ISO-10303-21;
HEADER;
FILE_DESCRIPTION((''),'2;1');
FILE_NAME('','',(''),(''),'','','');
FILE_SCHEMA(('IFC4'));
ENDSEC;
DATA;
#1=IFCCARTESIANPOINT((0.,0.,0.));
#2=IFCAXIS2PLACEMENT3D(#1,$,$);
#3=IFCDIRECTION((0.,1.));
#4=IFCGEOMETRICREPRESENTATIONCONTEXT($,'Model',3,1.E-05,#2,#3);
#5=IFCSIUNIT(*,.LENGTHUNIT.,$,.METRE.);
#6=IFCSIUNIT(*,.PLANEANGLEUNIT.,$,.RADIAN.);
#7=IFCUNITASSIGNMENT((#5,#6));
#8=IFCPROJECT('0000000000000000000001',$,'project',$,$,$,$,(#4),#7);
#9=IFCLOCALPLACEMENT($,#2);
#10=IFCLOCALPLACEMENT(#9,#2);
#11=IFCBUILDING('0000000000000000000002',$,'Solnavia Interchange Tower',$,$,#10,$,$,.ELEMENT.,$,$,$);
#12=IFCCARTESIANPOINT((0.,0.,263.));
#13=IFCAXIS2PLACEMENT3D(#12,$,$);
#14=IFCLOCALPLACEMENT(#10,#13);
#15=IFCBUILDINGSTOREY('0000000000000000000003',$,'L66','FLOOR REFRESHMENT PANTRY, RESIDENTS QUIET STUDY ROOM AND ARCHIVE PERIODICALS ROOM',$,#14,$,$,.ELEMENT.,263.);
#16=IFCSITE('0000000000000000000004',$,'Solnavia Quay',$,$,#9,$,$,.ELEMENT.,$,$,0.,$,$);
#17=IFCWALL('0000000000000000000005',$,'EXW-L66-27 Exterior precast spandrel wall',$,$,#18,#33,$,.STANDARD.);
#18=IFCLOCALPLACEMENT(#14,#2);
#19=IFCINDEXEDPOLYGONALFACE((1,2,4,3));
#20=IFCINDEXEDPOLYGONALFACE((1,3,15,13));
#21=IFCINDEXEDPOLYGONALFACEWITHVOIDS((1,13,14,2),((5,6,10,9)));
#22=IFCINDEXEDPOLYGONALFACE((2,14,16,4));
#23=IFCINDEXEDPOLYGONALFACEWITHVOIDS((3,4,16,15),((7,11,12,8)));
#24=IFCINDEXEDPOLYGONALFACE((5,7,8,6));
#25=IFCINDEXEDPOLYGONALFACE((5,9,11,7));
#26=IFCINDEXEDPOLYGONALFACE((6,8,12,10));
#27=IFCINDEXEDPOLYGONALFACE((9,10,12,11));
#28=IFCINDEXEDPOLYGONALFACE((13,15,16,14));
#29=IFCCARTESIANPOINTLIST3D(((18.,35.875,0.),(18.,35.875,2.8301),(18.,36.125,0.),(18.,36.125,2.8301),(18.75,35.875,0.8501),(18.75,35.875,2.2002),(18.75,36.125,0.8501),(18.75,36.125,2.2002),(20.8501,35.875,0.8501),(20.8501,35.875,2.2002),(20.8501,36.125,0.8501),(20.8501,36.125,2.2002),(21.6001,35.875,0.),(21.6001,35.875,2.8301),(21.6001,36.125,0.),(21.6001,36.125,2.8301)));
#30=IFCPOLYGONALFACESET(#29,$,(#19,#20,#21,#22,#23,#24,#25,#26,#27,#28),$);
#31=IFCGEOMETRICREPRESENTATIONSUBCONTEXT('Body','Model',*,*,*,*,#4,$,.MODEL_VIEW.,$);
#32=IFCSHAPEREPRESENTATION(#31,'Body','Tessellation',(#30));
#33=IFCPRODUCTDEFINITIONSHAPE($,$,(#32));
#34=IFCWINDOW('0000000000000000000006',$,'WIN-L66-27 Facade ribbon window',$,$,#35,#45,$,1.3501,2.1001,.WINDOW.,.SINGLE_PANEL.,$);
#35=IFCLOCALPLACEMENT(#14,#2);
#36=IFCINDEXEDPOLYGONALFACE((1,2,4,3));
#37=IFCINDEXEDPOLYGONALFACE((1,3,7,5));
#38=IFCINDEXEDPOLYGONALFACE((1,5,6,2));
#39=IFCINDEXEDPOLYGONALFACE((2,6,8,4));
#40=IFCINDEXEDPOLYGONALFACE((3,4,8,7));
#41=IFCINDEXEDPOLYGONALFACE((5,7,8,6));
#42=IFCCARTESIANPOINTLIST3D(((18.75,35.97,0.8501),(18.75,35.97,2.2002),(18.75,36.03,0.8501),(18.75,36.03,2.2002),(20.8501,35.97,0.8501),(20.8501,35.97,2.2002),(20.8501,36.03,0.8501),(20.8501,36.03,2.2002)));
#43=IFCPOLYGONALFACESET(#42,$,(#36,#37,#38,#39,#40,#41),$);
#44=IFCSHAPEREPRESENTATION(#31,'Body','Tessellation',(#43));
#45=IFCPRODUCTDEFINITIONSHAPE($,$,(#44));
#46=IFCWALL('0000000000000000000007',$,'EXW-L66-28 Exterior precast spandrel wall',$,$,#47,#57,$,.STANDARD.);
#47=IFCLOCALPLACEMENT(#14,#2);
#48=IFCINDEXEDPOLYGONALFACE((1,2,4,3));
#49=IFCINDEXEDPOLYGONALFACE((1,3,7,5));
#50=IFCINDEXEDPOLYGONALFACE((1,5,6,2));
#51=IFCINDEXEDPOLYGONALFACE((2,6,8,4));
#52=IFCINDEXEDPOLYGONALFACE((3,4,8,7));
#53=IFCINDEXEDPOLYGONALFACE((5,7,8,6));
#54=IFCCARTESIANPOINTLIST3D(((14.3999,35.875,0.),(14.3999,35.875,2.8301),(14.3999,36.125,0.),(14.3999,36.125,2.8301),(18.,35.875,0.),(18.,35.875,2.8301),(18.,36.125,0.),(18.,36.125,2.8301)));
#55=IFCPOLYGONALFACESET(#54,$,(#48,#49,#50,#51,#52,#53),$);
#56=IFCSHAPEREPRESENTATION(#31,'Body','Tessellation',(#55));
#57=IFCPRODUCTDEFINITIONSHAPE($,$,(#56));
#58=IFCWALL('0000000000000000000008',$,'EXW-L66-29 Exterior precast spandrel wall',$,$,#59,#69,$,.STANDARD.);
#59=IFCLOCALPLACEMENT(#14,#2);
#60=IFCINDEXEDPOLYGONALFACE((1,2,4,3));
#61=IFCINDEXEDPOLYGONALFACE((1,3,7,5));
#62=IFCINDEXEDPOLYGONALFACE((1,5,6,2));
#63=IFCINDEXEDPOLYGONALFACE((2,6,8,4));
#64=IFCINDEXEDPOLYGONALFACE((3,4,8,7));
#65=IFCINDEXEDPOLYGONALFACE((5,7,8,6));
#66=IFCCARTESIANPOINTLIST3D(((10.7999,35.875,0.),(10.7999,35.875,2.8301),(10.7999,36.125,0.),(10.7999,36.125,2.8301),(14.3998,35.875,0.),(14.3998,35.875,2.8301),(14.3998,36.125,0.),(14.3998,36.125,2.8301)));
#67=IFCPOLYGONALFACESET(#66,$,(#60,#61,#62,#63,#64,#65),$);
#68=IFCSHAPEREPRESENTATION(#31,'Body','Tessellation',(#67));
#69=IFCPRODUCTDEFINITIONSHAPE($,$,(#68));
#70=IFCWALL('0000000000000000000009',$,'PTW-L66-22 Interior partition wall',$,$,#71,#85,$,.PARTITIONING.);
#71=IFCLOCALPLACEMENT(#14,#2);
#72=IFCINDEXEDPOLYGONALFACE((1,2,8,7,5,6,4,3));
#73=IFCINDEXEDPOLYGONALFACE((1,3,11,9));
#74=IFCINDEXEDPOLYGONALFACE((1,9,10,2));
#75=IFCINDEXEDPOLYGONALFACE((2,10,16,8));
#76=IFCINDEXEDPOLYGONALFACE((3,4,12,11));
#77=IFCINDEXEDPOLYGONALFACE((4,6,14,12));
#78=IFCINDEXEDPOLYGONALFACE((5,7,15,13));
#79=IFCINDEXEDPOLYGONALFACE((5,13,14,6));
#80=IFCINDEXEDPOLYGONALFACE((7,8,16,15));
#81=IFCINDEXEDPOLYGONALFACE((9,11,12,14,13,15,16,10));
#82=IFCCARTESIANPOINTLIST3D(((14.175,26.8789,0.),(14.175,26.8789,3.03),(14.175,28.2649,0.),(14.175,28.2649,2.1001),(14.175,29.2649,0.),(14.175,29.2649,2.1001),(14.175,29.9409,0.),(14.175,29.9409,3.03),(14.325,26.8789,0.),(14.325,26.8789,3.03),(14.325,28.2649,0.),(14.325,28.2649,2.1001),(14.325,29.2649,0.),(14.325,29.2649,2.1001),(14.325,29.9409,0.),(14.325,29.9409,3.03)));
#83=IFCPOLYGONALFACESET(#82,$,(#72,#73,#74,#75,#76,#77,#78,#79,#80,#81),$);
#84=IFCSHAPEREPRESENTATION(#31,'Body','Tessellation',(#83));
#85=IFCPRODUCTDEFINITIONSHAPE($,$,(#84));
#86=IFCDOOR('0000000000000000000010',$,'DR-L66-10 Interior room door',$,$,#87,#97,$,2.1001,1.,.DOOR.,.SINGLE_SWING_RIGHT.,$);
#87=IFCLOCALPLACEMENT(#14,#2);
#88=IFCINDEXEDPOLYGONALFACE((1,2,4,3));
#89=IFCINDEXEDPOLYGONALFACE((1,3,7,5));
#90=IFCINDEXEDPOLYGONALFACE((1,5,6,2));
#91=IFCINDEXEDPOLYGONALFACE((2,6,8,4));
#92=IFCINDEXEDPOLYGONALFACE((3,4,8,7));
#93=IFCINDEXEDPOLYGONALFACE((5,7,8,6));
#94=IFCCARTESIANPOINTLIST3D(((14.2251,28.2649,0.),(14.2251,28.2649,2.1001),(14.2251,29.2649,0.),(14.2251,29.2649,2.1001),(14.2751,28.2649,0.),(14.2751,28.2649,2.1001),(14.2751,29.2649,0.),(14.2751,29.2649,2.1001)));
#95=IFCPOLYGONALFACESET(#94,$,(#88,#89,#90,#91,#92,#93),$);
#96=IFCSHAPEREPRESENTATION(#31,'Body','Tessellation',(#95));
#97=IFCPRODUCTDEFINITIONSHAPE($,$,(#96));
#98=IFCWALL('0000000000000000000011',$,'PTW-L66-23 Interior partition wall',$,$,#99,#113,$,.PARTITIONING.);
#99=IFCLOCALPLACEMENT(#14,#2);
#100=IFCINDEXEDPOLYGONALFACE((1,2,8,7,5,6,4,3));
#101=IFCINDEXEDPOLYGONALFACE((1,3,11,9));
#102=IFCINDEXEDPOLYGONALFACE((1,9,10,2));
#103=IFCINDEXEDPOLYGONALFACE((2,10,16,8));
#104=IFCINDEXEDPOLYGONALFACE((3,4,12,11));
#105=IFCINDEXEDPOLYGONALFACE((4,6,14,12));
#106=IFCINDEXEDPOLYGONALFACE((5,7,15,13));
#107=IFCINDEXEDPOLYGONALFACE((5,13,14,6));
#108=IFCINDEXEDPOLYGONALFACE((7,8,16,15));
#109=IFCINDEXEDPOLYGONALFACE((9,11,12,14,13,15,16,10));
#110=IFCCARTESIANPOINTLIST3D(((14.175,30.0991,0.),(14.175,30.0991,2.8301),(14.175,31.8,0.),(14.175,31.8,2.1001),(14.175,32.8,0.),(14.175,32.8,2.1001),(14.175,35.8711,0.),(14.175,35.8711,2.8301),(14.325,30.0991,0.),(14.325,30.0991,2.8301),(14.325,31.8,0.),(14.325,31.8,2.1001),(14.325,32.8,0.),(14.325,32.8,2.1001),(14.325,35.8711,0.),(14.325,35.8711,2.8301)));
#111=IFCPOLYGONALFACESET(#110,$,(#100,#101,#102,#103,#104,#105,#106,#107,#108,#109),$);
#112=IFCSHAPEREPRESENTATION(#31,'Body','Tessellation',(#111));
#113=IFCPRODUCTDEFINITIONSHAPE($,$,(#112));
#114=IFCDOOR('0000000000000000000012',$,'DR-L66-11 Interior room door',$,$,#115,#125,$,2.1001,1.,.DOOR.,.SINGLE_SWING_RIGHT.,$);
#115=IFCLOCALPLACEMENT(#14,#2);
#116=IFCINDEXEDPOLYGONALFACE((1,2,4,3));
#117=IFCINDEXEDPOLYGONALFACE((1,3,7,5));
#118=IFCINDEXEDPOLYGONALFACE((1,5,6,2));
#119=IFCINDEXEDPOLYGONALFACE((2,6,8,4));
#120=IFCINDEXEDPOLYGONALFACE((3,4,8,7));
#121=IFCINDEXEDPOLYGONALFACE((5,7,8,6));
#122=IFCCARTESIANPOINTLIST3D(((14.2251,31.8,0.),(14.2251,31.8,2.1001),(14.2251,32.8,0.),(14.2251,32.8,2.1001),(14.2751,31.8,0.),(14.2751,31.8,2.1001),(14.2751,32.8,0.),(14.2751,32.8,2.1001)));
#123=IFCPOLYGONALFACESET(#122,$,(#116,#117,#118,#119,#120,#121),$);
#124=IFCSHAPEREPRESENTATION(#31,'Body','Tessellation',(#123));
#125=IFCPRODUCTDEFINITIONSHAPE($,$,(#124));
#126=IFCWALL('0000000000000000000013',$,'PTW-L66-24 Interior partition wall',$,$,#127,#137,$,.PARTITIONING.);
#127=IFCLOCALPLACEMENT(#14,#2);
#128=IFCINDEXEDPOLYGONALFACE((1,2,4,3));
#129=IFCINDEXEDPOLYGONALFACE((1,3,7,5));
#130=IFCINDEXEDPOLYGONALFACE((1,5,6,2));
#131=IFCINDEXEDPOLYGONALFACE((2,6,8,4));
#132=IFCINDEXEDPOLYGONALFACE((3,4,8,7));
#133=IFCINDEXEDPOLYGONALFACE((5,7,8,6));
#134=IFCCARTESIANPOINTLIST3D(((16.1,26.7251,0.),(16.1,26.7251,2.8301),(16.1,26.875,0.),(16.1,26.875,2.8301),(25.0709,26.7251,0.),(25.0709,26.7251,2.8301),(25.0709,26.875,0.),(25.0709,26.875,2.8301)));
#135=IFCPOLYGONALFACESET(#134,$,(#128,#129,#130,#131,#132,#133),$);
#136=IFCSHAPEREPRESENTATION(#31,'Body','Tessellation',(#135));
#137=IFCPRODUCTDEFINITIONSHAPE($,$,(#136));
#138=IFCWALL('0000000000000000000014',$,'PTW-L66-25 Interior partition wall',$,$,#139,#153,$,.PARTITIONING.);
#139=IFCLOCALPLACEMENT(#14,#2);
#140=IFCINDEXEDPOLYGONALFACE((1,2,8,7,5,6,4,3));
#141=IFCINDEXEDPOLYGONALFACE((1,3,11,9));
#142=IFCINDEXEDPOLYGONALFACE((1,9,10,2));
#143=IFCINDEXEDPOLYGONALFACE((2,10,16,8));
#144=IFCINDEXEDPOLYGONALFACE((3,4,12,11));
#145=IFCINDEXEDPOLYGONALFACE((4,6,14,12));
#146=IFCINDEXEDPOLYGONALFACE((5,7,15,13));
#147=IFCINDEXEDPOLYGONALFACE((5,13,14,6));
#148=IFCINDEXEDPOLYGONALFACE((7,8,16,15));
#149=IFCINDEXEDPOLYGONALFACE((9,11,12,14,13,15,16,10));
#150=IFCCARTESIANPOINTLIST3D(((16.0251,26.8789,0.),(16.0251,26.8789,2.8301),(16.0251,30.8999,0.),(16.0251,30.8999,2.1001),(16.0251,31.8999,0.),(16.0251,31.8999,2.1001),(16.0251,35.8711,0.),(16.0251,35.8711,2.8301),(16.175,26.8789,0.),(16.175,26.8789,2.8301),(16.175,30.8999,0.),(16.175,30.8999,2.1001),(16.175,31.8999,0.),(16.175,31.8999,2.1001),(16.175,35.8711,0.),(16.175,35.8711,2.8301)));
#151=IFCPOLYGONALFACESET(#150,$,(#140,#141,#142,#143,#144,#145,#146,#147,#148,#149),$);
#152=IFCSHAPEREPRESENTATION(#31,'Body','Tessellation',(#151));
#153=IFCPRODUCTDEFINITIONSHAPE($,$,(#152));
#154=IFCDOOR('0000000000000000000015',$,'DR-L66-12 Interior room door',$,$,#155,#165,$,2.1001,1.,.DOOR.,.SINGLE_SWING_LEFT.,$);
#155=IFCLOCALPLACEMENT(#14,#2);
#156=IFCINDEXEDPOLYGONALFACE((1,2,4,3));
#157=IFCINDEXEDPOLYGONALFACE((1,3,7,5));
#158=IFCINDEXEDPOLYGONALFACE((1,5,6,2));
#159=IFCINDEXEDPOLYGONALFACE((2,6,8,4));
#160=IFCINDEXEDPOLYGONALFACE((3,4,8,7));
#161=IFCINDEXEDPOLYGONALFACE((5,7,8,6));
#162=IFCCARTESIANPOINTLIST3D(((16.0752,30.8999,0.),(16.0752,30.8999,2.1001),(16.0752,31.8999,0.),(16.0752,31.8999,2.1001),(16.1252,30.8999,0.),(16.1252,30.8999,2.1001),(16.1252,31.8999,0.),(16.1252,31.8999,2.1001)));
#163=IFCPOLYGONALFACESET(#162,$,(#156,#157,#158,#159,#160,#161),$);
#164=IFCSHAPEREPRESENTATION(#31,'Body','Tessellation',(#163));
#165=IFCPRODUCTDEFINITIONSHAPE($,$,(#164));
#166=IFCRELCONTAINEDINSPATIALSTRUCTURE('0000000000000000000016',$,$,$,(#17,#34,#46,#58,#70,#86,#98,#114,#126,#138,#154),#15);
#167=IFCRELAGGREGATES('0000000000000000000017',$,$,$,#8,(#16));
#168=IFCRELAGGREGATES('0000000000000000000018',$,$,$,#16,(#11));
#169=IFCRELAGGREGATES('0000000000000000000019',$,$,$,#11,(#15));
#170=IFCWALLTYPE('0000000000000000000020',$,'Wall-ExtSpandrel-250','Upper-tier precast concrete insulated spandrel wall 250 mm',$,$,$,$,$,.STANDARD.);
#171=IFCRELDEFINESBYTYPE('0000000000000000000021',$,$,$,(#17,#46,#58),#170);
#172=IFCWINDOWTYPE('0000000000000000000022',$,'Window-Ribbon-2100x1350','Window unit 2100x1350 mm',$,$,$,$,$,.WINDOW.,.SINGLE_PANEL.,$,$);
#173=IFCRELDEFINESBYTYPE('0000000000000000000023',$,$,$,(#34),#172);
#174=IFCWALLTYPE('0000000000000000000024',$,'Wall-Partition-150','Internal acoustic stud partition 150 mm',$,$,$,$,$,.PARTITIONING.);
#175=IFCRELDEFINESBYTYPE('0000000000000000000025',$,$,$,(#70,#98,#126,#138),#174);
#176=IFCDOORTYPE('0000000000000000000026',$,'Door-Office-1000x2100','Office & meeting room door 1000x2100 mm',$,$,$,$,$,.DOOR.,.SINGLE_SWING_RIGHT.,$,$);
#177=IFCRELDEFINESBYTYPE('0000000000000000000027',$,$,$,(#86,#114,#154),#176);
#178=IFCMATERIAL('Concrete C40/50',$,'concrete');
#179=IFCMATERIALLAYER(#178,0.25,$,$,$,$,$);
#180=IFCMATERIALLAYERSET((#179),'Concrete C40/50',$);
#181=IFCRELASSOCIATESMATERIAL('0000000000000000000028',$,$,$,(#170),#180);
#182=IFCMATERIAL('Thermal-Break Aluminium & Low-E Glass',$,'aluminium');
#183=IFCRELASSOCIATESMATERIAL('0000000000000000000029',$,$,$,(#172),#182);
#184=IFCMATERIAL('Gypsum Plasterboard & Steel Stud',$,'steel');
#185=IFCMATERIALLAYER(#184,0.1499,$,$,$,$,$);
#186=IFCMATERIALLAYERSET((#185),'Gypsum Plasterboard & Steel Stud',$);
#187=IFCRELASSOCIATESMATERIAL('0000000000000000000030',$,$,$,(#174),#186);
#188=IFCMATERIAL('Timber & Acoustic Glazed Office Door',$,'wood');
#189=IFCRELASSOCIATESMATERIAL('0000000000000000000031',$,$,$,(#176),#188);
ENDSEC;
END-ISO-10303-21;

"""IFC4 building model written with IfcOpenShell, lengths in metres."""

from ifc_helpers import new_model, si_unit, direction, frame, frame_2d, origin, place, context, subcontext, project, spatial, rectangle, extrude, material, layer, layer_set, type_object, element, fill, save


model = new_model("IFC4")

# Units and contexts
model_context = context("Model", 3, precision=1e-05, world=origin(), true_north=direction((0.0, 1.0)))
body_context = subcontext(model_context, "Body", "Model", "MODEL_VIEW")
ifc_project = project(units=[si_unit("LENGTHUNIT", "METRE"), si_unit("PLANEANGLEUNIT", "RADIAN")], contexts=[model_context])

# Site, building, storey
site_placement = place(None, origin())
site = spatial("IfcSite", under=ifc_project, at=site_placement, Name="Solnavia Quay", CompositionType="ELEMENT", RefElevation=0.0)
building_placement = place(site_placement, origin())
building = spatial("IfcBuilding", under=site, at=building_placement, Name="Solnavia Interchange Tower", CompositionType="ELEMENT")
storey_placement = place(building_placement, frame((0.0, 0.0, 263.0)))
storey = spatial("IfcBuildingStorey", under=building, at=storey_placement, Name="L66", Description="FLOOR REFRESHMENT PANTRY, RESIDENTS QUIET STUDY ROOM AND ARCHIVE PERIODICALS ROOM", CompositionType="ELEMENT", Elevation=263.0)

# Wall, opening, window
ifc_material_1 = material(Name="Concrete C40/50", Category="concrete")
ifc_layer_1 = layer(ifc_material_1, 0.25)
ifc_layer_set_1 = layer_set([ifc_layer_1], Name="Concrete C40/50")
wall_type_1 = type_object("IfcWallType", Name="Wall-ExtSpandrel-250", Description="Upper-tier precast concrete insulated spandrel wall 250 mm", PredefinedType="STANDARD", material=ifc_layer_set_1)
wall_1_placement = place(storey_placement, frame((18.0, 36.0, 0.0), z_axis=(0.0, 0.0, 1.0), x_axis=(1.0, 0.0, 0.0)))
wall_1 = element("IfcWall", 1, at=wall_1_placement, inside=storey, type_object=wall_type_1, Name="EXW-L66-27 Exterior precast spandrel wall", PredefinedType="STANDARD", context=body_context, shape_type="SweptSolid", body=[
    extrude(rectangle(XDim=3.6001, YDim=0.25, at=frame_2d((1.8, 0.0))), origin(), (0.0, 0.0, 1.0), 2.8301),
])
opening_1_placement = place(wall_1_placement, frame((0.75, 0.0, 0.8501)))
opening_1 = element("IfcOpeningElement", 2, at=opening_1_placement, cuts=wall_1, PredefinedType="OPENING", context=body_context, shape_type="SweptSolid", body=[
    extrude(rectangle(XDim=2.1001, YDim=1.3501, at=frame_2d((1.05, 0.675))), frame((0.0, 0.135, 0.0), z_axis=(0.0, -1.0, 0.0), x_axis=(1.0, 0.0, 0.0)), (0.0, 0.0, 1.0), 0.27),
])
ifc_material_2 = material(Name="Thermal-Break Aluminium & Low-E Glass", Category="aluminium")
window_type = type_object("IfcWindowType", Name="Window-Ribbon-2100x1350", Description="Window unit 2100x1350 mm", PartitioningType="SINGLE_PANEL", PredefinedType="WINDOW", material=ifc_material_2)
window_placement = place(opening_1_placement, origin())
window = element("IfcWindow", 3, at=window_placement, inside=storey, type_object=window_type, Name="WIN-L66-27 Facade ribbon window", OverallHeight=1.3501, OverallWidth=2.1001, PartitioningType="SINGLE_PANEL", PredefinedType="WINDOW", context=body_context, shape_type="SweptSolid", body=[
    extrude(rectangle(XDim=2.1001, YDim=1.3501, at=frame_2d((1.05, 0.675))), frame((0.0, 0.03, 0.0), z_axis=(0.0, -1.0, 0.0), x_axis=(1.0, 0.0, 0.0)), (0.0, 0.0, 1.0), 0.0601),
])
fill(opening_1, window)

# Walls
wall_2_placement = place(storey_placement, frame((14.3999, 36.0, 0.0), z_axis=(0.0, 0.0, 1.0), x_axis=(1.0, 0.0, 0.0)))
element("IfcWall", 4, at=wall_2_placement, inside=storey, type_object=wall_type_1, Name="EXW-L66-28 Exterior precast spandrel wall", PredefinedType="STANDARD", context=body_context, shape_type="SweptSolid", body=[
    extrude(rectangle(XDim=3.6001, YDim=0.25, at=frame_2d((1.8, 0.0))), origin(), (0.0, 0.0, 1.0), 2.8301),
])
wall_3_placement = place(storey_placement, frame((10.8, 36.0, 0.0), z_axis=(0.0, 0.0, 1.0), x_axis=(1.0, 0.0, 0.0)))
element("IfcWall", 5, at=wall_3_placement, inside=storey, type_object=wall_type_1, Name="EXW-L66-29 Exterior precast spandrel wall", PredefinedType="STANDARD", context=body_context, shape_type="SweptSolid", body=[
    extrude(rectangle(XDim=3.5999, YDim=0.25, at=frame_2d((1.7998, 0.0))), origin(), (0.0, 0.0, 1.0), 2.8301),
])

# Walls, openings, doors
ifc_material_3 = material(Name="Gypsum Plasterboard & Steel Stud", Category="steel")
ifc_layer_2 = layer(ifc_material_3, 0.1499)
ifc_layer_set_2 = layer_set([ifc_layer_2], Name="Gypsum Plasterboard & Steel Stud")
wall_type_2 = type_object("IfcWallType", Name="Wall-Partition-150", Description="Internal acoustic stud partition 150 mm", PredefinedType="PARTITIONING", material=ifc_layer_set_2)
wall_4_placement = place(storey_placement, frame((14.25, 26.8789, 0.0), z_axis=(0.0, 0.0, 1.0), x_axis=(0.0, 1.0, 0.0)))
wall_4 = element("IfcWall", 6, at=wall_4_placement, inside=storey, type_object=wall_type_2, Name="PTW-L66-22 Interior partition wall", PredefinedType="PARTITIONING", context=body_context, shape_type="SweptSolid", body=[
    extrude(rectangle(XDim=3.062, YDim=0.1499, at=frame_2d((1.531, 0.0))), origin(), (0.0, 0.0, 1.0), 3.03),
])
opening_2_placement = place(wall_4_placement, frame((1.386, 0.0, 0.0)))
opening_2 = element("IfcOpeningElement", 7, at=opening_2_placement, cuts=wall_4, PredefinedType="OPENING", context=body_context, shape_type="SweptSolid", body=[
    extrude(rectangle(XDim=1.0, YDim=2.1001, at=frame_2d((0.5, 1.05))), frame((0.0, 0.085, 0.0), z_axis=(0.0, -1.0, 0.0), x_axis=(1.0, 0.0, 0.0)), (0.0, 0.0, 1.0), 0.1699),
])
ifc_material_4 = material(Name="Timber & Acoustic Glazed Office Door", Category="wood")
door_type = type_object("IfcDoorType", Name="Door-Office-1000x2100", Description="Office & meeting room door 1000x2100 mm", OperationType="SINGLE_SWING_RIGHT", PredefinedType="DOOR", material=ifc_material_4)
door_1_placement = place(opening_2_placement, origin())
door_1 = element("IfcDoor", 8, at=door_1_placement, inside=storey, type_object=door_type, Name="DR-L66-10 Interior room door", OperationType="SINGLE_SWING_RIGHT", OverallHeight=2.1001, OverallWidth=1.0, PredefinedType="DOOR", context=body_context, shape_type="SweptSolid", body=[
    extrude(rectangle(XDim=1.0, YDim=2.1001, at=frame_2d((0.5, 1.05))), frame((0.0, 0.0249, 0.0), z_axis=(0.0, -1.0, 0.0), x_axis=(1.0, 0.0, 0.0)), (0.0, 0.0, 1.0), 0.05),
])
fill(opening_2, door_1)
wall_5_placement = place(storey_placement, frame((14.25, 30.0991, 0.0), z_axis=(0.0, 0.0, 1.0), x_axis=(0.0, 1.0, 0.0)))
wall_5 = element("IfcWall", 9, at=wall_5_placement, inside=storey, type_object=wall_type_2, Name="PTW-L66-23 Interior partition wall", PredefinedType="PARTITIONING", context=body_context, shape_type="SweptSolid", body=[
    extrude(rectangle(XDim=5.772, YDim=0.1499, at=frame_2d((2.886, 0.0))), origin(), (0.0, 0.0, 1.0), 2.8301),
])
opening_3_placement = place(wall_5_placement, frame((1.7009, 0.0, 0.0)))
opening_3 = element("IfcOpeningElement", 10, at=opening_3_placement, cuts=wall_5, PredefinedType="OPENING", context=body_context, shape_type="SweptSolid", body=[
    extrude(rectangle(XDim=1.0, YDim=2.1001, at=frame_2d((0.5, 1.05))), frame((0.0, 0.085, 0.0), z_axis=(0.0, -1.0, 0.0), x_axis=(1.0, 0.0, 0.0)), (0.0, 0.0, 1.0), 0.1699),
])
door_2_placement = place(opening_3_placement, origin())
door_2 = element("IfcDoor", 11, at=door_2_placement, inside=storey, type_object=door_type, Name="DR-L66-11 Interior room door", OperationType="SINGLE_SWING_RIGHT", OverallHeight=2.1001, OverallWidth=1.0, PredefinedType="DOOR", context=body_context, shape_type="SweptSolid", body=[
    extrude(rectangle(XDim=1.0, YDim=2.1001, at=frame_2d((0.5, 1.05))), frame((0.0, 0.0249, 0.0), z_axis=(0.0, -1.0, 0.0), x_axis=(1.0, 0.0, 0.0)), (0.0, 0.0, 1.0), 0.05),
])
fill(opening_3, door_2)

# Wall
wall_6_placement = place(storey_placement, frame((16.1001, 26.8, 0.0), z_axis=(0.0, 0.0, 1.0), x_axis=(1.0, 0.0, 0.0)))
element("IfcWall", 12, at=wall_6_placement, inside=storey, type_object=wall_type_2, Name="PTW-L66-24 Interior partition wall", PredefinedType="PARTITIONING", context=body_context, shape_type="SweptSolid", body=[
    extrude(rectangle(XDim=8.9709, YDim=0.1499, at=frame_2d((4.4854, 0.0))), origin(), (0.0, 0.0, 1.0), 2.8301),
])

# Wall, opening, door
wall_7_placement = place(storey_placement, frame((16.1001, 26.8789, 0.0), z_axis=(0.0, 0.0, 1.0), x_axis=(0.0, 1.0, 0.0)))
wall_7 = element("IfcWall", 13, at=wall_7_placement, inside=storey, type_object=wall_type_2, Name="PTW-L66-25 Interior partition wall", PredefinedType="PARTITIONING", context=body_context, shape_type="SweptSolid", body=[
    extrude(rectangle(XDim=8.9922, YDim=0.1499, at=frame_2d((4.4961, 0.0))), origin(), (0.0, 0.0, 1.0), 2.8301),
])
opening_4_placement = place(wall_7_placement, frame((4.021, 0.0, 0.0)))
opening_4 = element("IfcOpeningElement", 14, at=opening_4_placement, cuts=wall_7, PredefinedType="OPENING", context=body_context, shape_type="SweptSolid", body=[
    extrude(rectangle(XDim=1.0, YDim=2.1001, at=frame_2d((0.5, 1.05))), frame((0.0, 0.085, 0.0), z_axis=(0.0, -1.0, 0.0), x_axis=(1.0, 0.0, 0.0)), (0.0, 0.0, 1.0), 0.1699),
])
door_3_placement = place(opening_4_placement, origin())
door_3 = element("IfcDoor", 15, at=door_3_placement, inside=storey, type_object=door_type, Name="DR-L66-12 Interior room door", OperationType="SINGLE_SWING_LEFT", OverallHeight=2.1001, OverallWidth=1.0, PredefinedType="DOOR", context=body_context, shape_type="SweptSolid", body=[
    extrude(rectangle(XDim=1.0, YDim=2.1001, at=frame_2d((0.5, 1.05))), frame((0.0, 0.0249, 0.0), z_axis=(0.0, -1.0, 0.0), x_axis=(1.0, 0.0, 0.0)), (0.0, 0.0, 1.0), 0.05),
])
fill(opening_4, door_3)

save(model, "model.ifc")
